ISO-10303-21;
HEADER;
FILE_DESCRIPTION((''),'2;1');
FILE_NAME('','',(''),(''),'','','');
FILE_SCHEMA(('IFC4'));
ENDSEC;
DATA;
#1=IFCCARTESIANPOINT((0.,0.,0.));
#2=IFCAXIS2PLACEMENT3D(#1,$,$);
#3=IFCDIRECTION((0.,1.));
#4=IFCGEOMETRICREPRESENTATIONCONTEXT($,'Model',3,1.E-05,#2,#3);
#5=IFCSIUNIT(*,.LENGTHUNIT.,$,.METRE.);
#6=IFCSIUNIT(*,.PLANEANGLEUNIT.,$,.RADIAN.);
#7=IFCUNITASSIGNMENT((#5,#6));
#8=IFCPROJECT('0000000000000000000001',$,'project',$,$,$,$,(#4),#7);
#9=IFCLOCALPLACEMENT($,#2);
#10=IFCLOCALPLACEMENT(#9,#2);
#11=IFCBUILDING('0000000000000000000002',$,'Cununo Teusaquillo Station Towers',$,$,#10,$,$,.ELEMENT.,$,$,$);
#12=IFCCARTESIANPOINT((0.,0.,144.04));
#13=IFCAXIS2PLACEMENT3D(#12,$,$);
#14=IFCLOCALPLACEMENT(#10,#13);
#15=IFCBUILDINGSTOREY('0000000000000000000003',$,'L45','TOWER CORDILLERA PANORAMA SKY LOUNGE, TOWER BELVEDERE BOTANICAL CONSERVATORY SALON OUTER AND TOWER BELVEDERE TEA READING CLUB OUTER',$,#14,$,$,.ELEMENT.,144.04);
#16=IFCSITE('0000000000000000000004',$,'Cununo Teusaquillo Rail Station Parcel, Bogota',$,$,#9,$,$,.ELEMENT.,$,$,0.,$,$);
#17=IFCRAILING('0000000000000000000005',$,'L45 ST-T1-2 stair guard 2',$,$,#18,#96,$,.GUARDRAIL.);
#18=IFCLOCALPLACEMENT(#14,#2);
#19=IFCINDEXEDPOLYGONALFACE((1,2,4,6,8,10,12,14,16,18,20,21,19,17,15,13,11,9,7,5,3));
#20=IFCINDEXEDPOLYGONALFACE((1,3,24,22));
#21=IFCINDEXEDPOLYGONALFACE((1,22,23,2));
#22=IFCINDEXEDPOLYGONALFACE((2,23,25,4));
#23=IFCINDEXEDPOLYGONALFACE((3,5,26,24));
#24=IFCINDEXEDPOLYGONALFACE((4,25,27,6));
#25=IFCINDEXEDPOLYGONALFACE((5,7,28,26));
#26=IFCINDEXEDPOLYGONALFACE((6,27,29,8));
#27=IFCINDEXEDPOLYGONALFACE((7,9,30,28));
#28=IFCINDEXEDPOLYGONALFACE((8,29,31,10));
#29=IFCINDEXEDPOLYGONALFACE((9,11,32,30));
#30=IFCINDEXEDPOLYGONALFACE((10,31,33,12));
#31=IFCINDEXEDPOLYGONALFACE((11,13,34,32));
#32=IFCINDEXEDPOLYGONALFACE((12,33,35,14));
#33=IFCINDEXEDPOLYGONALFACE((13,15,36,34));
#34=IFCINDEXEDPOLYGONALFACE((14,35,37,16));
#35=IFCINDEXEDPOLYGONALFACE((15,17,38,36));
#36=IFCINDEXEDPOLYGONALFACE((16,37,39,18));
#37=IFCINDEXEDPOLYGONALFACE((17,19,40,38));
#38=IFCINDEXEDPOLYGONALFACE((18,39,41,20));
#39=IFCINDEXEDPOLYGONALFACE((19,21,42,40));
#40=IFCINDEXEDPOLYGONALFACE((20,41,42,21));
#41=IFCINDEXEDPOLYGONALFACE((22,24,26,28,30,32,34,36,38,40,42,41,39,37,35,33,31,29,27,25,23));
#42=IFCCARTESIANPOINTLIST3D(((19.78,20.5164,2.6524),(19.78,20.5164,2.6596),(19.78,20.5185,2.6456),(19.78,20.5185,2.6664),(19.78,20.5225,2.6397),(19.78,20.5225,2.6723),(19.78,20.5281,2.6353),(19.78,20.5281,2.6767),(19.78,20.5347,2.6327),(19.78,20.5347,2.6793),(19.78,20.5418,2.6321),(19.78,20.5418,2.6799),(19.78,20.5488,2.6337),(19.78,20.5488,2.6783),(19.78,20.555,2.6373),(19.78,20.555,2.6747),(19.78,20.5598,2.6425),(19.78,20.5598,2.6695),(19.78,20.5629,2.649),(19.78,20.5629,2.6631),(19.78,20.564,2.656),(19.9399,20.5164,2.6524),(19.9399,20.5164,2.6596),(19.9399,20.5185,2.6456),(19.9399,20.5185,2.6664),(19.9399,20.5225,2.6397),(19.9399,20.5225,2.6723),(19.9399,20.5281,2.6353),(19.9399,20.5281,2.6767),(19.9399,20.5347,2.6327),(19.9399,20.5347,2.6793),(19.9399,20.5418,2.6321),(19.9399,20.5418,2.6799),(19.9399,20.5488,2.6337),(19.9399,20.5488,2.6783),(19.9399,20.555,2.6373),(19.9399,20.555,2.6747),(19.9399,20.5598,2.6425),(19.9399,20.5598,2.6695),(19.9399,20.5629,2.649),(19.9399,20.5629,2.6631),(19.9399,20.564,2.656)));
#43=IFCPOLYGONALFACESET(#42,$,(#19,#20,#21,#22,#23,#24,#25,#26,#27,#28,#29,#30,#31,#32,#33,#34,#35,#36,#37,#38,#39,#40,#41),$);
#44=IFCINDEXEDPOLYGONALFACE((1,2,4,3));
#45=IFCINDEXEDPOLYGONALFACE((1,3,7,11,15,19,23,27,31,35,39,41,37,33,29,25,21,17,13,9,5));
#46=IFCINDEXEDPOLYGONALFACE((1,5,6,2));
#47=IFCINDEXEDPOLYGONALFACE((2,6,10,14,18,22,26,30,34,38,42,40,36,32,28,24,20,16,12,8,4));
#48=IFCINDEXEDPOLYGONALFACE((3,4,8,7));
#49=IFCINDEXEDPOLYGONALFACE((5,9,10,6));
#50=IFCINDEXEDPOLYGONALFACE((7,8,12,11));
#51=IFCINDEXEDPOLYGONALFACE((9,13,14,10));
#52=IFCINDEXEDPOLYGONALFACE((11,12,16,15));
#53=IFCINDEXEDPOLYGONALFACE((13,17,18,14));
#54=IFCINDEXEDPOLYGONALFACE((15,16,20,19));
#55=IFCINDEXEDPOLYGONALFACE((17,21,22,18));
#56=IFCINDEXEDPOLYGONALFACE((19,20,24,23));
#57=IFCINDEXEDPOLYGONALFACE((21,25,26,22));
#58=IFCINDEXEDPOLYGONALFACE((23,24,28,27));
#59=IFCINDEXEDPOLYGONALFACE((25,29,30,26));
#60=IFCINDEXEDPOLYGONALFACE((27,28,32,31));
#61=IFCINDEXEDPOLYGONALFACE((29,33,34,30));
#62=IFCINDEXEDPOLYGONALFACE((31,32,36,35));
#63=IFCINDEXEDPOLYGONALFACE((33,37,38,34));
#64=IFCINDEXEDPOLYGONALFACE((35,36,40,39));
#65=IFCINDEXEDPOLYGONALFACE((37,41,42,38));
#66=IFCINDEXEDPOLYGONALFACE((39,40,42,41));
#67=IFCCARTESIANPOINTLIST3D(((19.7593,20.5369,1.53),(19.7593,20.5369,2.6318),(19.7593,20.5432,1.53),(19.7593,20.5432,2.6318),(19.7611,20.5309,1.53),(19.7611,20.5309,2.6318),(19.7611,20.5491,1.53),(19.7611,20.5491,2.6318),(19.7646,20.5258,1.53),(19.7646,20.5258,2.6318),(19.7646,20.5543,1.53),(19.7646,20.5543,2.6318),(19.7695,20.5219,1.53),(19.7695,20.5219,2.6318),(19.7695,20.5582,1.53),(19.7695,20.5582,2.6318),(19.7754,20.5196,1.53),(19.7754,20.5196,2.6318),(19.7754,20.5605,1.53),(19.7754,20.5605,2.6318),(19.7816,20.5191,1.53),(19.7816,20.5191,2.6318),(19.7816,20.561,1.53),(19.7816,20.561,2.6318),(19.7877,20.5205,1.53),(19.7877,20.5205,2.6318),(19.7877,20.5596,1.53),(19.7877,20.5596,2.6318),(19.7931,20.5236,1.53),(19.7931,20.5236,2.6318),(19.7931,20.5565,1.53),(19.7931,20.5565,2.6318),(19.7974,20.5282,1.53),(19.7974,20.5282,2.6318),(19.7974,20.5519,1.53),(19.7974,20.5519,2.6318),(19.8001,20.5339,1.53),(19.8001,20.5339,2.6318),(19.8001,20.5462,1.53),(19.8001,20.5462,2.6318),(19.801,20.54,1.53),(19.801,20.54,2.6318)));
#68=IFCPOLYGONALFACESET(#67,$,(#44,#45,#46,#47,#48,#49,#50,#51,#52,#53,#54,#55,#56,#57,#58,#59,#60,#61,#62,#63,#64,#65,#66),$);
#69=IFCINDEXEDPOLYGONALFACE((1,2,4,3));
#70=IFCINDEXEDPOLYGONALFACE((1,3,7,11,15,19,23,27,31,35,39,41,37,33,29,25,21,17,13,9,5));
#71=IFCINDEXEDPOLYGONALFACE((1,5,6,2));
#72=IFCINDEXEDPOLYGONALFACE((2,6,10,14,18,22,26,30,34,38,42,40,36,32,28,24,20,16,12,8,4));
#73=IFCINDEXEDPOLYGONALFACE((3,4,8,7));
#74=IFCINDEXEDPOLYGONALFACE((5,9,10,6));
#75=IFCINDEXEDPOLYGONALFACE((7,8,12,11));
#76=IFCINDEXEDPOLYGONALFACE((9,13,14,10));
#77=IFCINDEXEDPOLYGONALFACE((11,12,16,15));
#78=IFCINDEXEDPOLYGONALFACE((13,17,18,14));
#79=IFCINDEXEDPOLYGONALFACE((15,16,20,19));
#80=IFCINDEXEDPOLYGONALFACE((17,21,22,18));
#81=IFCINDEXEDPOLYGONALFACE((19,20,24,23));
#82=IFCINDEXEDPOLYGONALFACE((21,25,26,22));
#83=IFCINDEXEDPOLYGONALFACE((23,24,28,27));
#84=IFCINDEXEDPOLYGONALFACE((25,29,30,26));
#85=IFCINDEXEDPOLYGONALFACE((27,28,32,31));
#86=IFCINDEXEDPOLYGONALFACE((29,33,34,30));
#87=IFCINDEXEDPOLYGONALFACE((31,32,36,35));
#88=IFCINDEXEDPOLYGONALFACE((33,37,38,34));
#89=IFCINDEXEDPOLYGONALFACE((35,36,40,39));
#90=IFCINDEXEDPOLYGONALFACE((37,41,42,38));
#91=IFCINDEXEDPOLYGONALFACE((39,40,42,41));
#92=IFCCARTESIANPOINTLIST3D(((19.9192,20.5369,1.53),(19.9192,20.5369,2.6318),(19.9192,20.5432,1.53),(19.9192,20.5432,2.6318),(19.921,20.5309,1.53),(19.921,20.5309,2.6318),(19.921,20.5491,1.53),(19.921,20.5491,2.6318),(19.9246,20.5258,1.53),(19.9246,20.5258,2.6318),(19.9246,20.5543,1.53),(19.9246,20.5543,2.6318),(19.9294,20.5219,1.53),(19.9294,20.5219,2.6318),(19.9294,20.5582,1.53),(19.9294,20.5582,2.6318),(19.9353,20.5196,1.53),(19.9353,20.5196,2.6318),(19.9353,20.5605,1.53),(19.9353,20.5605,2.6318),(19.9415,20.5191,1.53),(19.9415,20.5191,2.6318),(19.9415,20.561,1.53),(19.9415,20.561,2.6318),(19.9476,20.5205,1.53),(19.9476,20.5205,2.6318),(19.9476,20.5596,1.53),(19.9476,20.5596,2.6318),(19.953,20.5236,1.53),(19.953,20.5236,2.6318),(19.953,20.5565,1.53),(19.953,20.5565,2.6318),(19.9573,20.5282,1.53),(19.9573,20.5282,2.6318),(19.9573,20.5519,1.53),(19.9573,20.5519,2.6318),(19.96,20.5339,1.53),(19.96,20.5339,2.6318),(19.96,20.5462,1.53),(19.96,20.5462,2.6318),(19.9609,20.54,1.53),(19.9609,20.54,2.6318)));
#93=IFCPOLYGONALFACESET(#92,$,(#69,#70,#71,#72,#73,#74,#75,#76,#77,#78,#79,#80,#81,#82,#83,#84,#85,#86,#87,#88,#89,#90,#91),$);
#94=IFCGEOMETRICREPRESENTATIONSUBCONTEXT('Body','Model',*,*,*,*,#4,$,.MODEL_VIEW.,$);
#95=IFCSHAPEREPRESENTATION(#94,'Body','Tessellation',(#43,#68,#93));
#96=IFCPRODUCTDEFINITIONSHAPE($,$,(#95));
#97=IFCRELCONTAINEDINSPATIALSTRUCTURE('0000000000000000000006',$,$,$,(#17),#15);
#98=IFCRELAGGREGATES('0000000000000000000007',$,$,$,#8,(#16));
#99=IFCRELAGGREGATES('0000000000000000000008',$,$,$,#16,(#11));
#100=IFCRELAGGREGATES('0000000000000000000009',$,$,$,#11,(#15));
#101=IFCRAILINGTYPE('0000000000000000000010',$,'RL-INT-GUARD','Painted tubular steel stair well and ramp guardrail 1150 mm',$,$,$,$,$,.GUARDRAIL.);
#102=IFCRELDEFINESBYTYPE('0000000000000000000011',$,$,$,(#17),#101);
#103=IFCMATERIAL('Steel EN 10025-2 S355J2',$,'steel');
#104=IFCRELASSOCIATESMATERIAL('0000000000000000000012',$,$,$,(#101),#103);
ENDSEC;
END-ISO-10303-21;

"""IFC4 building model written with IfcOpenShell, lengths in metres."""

from ifc_helpers import new_model, si_unit, direction, frame, origin, origin_2d, place, context, subcontext, project, spatial, circle, extrude, material, type_object, element, save


model = new_model("IFC4")

# Units and contexts
model_context = context("Model", 3, precision=1e-05, world=origin(), true_north=direction((0.0, 1.0)))
body_context = subcontext(model_context, "Body", "Model", "MODEL_VIEW")
ifc_project = project(units=[si_unit("LENGTHUNIT", "METRE"), si_unit("PLANEANGLEUNIT", "RADIAN")], contexts=[model_context])

# Site, building, storey
site_placement = place(None, origin())
site = spatial("IfcSite", under=ifc_project, at=site_placement, Name="Cununo Teusaquillo Rail Station Parcel, Bogota", CompositionType="ELEMENT", RefElevation=0.0)
building_placement = place(site_placement, origin())
building = spatial("IfcBuilding", under=site, at=building_placement, Name="Cununo Teusaquillo Station Towers", CompositionType="ELEMENT")
storey_placement = place(building_placement, frame((0.0, 0.0, 144.04)))
storey = spatial("IfcBuildingStorey", under=building, at=storey_placement, Name="L45", Description="TOWER CORDILLERA PANORAMA SKY LOUNGE, TOWER BELVEDERE BOTANICAL CONSERVATORY SALON OUTER AND TOWER BELVEDERE TEA READING CLUB OUTER", CompositionType="ELEMENT", Elevation=144.04)

# Railing
ifc_material_1 = material(Name="Steel EN 10025-2 S355J2", Category="steel")
railing_type_1 = type_object("IfcRailingType", Name="RL-INT-GUARD", Description="Painted tubular steel stair well and ramp guardrail 1150 mm", PredefinedType="GUARDRAIL", material=ifc_material_1)
railing_1_placement = place(storey_placement, frame((19.78, 20.54, 1.53)))
element("IfcRailing", 1, at=railing_1_placement, inside=storey, type_object=railing_type_1, Name="L45 ST-T1-2 stair guard 2", PredefinedType="GUARDRAIL", context=body_context, shape_type="SweptSolid", body=[
    extrude(circle(Radius=0.0239, at=origin_2d()), frame((0.0, 0.0, 1.126), z_axis=(1.0, 0.0, 0.0), x_axis=(0.0, 1.0, 0.0)), (0.0, 0.0, 1.0), 0.1599),
    extrude(circle(Radius=0.021, at=origin_2d()), origin(), (0.0, 0.0, 1.0), 1.1018),
    extrude(circle(Radius=0.021, at=origin_2d()), frame((0.1599, 0.0, 0.0)), (0.0, 0.0, 1.0), 1.1018),
])

save(model, "model.ifc")
